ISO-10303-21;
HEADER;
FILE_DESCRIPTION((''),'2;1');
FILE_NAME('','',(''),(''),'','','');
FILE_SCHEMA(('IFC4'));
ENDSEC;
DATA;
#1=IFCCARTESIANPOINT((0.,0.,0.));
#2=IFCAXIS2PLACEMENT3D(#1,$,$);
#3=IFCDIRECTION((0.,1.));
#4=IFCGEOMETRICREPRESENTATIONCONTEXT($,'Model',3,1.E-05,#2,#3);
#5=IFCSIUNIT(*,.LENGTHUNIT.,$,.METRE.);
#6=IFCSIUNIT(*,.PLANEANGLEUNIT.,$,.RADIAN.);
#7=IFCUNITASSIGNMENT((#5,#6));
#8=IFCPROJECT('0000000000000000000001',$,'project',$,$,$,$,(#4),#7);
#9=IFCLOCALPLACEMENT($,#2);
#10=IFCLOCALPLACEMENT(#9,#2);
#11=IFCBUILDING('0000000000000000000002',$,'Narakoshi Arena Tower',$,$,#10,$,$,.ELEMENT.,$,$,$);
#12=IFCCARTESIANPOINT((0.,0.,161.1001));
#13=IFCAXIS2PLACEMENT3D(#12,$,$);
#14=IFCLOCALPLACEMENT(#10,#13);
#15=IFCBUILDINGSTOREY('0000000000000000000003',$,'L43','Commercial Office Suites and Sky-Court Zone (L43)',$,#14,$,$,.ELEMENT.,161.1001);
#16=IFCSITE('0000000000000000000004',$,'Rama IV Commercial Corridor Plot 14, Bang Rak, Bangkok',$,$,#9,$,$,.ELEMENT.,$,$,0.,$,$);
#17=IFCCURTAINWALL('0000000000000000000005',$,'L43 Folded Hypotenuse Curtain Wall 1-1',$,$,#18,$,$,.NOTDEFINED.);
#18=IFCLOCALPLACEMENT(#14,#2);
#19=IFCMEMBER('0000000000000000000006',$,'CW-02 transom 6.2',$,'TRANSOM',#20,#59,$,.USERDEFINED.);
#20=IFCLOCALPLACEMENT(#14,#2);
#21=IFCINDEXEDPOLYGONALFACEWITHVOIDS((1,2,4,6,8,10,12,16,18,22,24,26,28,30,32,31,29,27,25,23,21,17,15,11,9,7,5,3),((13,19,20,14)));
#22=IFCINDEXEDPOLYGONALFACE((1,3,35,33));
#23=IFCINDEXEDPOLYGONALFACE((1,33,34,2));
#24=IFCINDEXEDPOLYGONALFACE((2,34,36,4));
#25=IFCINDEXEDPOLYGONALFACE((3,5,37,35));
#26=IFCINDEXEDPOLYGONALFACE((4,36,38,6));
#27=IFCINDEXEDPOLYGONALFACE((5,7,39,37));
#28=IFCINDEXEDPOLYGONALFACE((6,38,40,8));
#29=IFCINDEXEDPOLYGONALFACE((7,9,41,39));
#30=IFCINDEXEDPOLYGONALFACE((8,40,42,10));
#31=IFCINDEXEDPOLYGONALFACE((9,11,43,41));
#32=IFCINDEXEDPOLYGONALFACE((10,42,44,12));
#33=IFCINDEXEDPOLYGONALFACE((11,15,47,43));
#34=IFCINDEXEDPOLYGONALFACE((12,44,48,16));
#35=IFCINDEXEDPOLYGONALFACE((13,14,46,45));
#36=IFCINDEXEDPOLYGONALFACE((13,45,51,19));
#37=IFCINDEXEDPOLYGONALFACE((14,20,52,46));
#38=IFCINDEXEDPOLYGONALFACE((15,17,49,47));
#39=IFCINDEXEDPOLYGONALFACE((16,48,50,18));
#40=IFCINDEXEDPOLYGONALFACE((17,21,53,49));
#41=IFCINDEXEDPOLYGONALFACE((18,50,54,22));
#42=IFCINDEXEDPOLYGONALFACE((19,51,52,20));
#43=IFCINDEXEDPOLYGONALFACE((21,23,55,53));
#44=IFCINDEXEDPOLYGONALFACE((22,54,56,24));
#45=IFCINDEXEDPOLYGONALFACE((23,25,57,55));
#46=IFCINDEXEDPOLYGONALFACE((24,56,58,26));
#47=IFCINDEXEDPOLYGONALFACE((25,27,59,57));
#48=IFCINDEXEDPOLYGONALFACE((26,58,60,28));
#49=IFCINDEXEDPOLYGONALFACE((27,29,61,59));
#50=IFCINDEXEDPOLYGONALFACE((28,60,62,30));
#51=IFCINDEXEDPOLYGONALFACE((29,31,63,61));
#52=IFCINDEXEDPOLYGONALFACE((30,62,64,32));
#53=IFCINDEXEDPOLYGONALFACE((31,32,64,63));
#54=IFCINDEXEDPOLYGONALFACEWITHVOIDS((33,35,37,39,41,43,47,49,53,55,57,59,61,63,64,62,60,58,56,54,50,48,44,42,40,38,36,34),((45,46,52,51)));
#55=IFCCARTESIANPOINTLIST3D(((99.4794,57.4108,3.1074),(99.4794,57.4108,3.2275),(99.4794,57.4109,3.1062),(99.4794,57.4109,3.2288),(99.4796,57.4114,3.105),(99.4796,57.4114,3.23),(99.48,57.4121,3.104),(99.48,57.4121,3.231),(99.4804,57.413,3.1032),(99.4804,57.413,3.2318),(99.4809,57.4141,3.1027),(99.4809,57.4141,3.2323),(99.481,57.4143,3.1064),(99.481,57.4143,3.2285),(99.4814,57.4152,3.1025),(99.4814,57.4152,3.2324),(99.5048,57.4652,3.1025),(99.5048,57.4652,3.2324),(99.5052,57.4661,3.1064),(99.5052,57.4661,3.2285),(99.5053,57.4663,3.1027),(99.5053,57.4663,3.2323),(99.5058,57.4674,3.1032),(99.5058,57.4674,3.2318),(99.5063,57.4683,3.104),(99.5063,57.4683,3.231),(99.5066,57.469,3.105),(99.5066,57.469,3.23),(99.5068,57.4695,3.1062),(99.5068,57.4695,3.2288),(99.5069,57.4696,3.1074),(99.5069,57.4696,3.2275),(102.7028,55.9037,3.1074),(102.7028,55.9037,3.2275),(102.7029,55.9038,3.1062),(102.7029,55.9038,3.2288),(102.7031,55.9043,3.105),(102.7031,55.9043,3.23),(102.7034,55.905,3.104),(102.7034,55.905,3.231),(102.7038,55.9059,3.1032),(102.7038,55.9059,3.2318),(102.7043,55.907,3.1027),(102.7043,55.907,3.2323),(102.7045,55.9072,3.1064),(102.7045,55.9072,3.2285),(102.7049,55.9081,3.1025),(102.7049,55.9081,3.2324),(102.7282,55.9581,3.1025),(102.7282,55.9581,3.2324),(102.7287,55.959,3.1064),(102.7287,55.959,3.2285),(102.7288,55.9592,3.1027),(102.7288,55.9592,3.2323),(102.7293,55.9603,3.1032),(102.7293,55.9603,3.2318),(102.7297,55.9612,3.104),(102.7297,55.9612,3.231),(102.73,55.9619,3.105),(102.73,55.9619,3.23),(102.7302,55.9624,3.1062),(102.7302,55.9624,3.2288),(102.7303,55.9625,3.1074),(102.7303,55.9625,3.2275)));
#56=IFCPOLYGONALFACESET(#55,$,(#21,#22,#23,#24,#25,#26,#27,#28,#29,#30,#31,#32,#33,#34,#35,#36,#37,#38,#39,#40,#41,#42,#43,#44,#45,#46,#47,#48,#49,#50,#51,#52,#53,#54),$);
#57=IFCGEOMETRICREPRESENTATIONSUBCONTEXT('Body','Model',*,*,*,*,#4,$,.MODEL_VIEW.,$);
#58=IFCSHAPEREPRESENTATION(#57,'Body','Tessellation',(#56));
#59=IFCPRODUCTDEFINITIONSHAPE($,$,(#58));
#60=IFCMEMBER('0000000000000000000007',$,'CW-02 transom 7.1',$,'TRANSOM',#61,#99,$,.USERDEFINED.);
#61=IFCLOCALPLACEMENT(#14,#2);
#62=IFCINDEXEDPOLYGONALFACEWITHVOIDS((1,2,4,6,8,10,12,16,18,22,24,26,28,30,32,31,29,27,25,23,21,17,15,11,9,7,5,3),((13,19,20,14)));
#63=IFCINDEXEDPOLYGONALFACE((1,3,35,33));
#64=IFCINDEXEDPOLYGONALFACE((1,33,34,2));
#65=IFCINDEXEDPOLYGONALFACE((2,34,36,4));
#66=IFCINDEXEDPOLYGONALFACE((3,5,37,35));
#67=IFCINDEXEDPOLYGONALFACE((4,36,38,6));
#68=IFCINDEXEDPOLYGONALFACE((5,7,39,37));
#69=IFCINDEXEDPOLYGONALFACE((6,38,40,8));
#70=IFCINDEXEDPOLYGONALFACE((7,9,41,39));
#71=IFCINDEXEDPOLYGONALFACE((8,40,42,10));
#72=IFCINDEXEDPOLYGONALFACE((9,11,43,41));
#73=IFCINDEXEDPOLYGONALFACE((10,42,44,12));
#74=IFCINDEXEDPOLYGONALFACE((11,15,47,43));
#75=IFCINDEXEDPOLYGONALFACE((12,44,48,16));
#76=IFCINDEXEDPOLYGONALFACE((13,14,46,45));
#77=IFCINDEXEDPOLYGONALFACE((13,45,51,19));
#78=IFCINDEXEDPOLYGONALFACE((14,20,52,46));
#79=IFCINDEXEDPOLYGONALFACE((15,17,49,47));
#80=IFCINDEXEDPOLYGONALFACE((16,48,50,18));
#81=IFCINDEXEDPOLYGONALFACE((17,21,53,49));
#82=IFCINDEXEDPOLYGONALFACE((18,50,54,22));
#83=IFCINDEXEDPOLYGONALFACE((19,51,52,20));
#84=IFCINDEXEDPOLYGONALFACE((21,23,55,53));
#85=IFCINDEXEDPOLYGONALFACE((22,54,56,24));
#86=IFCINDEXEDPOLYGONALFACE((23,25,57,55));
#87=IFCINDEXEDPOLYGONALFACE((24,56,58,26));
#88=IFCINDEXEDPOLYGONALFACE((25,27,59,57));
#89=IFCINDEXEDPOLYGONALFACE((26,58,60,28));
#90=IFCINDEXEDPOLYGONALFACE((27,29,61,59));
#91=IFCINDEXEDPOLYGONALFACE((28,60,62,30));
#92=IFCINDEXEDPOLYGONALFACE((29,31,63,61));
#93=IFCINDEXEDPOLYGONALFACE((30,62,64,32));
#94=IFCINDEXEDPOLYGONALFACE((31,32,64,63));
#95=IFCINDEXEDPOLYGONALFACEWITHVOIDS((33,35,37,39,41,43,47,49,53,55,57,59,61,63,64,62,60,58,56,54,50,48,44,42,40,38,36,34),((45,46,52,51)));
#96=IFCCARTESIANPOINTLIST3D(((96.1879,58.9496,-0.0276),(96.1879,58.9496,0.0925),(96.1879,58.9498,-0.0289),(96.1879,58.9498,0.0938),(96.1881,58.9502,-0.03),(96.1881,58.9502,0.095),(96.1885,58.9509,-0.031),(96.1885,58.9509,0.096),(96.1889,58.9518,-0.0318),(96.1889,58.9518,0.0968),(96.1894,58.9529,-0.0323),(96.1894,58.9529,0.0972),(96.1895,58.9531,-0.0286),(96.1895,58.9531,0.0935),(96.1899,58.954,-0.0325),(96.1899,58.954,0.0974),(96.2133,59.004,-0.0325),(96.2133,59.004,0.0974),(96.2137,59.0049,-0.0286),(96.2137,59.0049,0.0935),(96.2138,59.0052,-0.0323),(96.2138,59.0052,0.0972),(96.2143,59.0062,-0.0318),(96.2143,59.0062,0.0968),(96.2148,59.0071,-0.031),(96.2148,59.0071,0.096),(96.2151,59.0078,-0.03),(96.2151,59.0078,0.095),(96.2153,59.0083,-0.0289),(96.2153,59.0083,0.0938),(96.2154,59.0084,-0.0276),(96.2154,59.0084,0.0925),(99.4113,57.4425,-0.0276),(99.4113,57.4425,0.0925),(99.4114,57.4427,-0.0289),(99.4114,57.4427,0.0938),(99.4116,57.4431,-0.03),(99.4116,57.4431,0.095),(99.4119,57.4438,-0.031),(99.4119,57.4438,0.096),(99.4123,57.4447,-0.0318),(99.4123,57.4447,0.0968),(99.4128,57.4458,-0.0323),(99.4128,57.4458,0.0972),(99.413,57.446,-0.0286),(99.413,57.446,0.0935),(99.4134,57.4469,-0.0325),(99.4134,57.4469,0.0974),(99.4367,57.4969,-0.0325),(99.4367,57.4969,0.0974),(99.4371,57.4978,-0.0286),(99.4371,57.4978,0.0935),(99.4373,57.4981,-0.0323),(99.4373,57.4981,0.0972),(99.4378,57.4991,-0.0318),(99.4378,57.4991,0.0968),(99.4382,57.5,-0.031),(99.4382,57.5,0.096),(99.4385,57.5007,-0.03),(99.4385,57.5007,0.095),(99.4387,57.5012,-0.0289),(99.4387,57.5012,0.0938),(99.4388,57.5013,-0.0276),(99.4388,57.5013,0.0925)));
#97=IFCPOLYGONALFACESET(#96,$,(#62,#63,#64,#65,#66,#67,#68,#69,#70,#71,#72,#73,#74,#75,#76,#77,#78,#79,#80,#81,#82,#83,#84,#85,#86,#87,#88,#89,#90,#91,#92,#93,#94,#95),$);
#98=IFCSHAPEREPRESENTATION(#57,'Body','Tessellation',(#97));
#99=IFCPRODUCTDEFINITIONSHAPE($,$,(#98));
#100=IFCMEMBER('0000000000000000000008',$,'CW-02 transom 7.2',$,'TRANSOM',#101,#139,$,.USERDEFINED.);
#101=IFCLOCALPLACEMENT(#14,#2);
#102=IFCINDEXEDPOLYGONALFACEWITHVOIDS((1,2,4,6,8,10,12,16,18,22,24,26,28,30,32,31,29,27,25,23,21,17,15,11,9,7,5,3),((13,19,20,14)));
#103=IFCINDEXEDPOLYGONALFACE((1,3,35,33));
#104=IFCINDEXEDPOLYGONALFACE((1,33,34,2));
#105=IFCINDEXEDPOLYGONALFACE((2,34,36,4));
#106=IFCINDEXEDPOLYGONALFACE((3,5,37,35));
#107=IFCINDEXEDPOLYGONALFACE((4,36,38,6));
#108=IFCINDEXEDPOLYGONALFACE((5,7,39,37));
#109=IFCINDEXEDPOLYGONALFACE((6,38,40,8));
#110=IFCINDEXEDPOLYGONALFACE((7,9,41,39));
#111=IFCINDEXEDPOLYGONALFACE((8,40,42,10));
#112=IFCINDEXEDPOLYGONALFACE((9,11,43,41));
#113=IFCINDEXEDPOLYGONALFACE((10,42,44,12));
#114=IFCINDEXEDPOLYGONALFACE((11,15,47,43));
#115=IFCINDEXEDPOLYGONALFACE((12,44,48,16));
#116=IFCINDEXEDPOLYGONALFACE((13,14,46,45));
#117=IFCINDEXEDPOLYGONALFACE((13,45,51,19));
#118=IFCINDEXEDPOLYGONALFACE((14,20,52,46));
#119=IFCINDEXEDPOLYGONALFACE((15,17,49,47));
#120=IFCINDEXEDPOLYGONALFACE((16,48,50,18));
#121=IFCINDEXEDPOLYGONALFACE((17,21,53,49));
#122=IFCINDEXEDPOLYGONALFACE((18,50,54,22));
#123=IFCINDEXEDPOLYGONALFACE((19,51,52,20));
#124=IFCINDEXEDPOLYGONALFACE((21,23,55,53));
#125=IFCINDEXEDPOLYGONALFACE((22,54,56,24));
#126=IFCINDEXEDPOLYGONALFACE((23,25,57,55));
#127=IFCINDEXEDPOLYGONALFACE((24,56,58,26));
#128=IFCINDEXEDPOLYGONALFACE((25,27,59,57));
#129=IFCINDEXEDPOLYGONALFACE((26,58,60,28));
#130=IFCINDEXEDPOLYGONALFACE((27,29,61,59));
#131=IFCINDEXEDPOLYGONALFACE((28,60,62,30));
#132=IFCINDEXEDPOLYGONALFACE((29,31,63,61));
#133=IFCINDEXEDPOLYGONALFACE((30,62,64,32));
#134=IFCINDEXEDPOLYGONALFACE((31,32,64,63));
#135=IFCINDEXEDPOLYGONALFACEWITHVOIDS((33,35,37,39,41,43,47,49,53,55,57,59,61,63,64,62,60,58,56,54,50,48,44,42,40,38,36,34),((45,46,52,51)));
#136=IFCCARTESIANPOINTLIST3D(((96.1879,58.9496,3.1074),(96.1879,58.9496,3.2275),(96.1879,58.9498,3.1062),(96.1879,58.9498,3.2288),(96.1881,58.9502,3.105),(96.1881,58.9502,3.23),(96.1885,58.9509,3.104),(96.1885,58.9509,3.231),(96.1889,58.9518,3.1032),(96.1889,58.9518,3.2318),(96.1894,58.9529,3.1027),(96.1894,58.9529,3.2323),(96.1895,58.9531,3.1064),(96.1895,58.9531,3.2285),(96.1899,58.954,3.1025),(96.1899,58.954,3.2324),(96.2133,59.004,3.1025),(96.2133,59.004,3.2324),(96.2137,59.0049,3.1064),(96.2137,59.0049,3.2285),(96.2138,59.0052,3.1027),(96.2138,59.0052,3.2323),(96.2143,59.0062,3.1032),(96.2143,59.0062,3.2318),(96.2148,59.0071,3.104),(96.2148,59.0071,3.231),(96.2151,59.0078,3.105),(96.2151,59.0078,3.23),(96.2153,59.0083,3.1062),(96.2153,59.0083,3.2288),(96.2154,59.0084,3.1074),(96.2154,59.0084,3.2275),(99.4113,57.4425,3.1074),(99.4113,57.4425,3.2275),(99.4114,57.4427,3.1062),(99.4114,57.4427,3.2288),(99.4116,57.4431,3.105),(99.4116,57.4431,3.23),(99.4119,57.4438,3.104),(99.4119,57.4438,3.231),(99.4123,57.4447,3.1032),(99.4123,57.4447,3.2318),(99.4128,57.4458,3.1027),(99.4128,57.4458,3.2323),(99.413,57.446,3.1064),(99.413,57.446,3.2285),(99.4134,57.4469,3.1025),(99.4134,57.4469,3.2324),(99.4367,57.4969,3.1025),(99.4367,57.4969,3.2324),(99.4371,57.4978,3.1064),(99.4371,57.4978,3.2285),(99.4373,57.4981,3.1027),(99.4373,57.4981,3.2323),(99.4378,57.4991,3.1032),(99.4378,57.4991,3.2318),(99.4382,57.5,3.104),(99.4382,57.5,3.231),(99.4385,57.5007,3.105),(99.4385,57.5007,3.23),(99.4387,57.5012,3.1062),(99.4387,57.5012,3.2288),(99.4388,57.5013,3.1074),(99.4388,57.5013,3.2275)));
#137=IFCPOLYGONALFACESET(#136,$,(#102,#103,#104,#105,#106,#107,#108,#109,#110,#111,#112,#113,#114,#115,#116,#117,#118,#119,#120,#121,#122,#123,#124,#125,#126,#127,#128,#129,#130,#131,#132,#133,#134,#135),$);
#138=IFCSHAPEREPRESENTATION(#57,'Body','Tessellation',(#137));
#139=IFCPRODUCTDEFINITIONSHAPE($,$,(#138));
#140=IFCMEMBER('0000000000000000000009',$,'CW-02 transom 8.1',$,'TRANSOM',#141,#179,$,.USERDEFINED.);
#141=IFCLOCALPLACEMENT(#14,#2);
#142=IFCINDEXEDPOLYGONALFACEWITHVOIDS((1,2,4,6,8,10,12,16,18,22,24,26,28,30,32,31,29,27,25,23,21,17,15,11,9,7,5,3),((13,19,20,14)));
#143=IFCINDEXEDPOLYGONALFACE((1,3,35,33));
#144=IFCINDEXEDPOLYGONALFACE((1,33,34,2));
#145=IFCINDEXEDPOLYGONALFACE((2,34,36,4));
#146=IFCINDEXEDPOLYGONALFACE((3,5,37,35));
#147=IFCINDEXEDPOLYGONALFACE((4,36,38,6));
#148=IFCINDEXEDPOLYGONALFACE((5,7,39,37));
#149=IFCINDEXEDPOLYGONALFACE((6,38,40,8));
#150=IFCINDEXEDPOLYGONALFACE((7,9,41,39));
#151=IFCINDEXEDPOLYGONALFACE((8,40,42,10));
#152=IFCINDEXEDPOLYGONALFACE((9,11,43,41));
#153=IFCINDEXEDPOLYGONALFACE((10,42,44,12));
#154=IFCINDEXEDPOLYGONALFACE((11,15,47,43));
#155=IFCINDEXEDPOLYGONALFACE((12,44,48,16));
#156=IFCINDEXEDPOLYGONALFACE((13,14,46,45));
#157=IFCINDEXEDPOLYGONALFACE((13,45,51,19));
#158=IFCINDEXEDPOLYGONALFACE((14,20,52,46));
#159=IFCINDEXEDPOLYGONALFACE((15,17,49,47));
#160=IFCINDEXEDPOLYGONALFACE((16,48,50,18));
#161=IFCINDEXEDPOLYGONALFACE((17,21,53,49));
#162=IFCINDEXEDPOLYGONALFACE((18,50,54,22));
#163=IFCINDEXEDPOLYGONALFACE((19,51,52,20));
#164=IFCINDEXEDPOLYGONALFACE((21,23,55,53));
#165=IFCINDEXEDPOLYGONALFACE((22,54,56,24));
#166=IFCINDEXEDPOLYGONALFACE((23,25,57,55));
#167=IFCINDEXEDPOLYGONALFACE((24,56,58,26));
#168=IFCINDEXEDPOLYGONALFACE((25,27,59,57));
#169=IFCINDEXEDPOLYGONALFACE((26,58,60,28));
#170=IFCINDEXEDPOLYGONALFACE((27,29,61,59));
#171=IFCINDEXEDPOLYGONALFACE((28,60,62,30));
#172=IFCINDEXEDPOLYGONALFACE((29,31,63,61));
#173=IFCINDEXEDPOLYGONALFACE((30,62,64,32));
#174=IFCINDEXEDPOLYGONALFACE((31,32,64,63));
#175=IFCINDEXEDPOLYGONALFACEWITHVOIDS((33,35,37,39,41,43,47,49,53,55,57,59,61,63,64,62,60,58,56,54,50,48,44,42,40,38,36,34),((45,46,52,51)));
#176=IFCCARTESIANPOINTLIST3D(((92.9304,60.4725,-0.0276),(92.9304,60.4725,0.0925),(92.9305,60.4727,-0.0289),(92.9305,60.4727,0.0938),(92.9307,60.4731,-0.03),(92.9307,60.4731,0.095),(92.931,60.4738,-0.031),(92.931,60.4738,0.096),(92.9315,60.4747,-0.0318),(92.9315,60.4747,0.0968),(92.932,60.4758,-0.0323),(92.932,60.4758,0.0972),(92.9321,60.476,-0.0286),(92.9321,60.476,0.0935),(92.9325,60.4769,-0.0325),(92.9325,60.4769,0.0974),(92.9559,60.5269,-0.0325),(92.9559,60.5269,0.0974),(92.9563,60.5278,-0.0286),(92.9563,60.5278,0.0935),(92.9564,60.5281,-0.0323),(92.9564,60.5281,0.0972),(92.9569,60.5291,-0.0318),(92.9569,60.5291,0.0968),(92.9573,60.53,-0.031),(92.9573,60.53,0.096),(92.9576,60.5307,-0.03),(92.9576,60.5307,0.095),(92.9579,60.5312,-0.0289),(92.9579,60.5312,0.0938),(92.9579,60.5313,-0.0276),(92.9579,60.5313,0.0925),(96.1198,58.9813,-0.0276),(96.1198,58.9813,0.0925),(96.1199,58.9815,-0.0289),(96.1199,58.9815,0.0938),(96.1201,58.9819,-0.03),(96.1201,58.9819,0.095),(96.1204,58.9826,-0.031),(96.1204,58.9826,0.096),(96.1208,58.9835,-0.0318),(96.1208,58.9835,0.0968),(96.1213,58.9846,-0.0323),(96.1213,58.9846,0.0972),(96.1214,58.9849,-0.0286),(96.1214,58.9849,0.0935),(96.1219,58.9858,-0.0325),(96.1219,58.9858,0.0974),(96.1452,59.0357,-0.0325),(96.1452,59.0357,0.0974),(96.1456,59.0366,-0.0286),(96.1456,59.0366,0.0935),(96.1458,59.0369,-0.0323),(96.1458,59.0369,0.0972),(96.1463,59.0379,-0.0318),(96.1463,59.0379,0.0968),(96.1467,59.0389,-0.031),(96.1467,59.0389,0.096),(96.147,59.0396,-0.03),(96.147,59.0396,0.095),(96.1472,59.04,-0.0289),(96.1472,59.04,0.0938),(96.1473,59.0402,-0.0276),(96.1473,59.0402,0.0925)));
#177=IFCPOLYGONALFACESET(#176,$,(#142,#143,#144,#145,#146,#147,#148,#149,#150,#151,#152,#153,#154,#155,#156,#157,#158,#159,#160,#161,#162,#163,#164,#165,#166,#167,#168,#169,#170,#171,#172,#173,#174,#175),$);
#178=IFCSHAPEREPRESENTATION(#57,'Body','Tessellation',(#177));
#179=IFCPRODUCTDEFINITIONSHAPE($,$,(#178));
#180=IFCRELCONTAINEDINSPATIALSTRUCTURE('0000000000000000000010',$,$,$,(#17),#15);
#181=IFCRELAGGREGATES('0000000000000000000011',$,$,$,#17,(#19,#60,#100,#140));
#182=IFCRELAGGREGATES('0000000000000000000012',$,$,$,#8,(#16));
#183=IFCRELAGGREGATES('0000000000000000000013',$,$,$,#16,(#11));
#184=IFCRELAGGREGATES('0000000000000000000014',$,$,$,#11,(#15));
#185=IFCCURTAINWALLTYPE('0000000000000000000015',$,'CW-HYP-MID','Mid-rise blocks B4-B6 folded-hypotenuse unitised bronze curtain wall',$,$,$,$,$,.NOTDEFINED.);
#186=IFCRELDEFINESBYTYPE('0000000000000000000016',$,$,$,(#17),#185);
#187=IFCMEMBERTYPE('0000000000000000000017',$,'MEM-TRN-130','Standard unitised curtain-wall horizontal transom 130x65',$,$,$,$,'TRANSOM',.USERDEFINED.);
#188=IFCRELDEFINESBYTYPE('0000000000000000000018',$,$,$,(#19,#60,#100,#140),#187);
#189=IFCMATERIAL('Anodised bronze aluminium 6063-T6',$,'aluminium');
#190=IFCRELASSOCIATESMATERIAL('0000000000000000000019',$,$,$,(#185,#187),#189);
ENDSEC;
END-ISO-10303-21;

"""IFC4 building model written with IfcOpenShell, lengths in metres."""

from ifc_helpers import new_model, si_unit, direction, frame, origin, origin_2d, place, context, subcontext, project, spatial, hollow_rectangle, extrude, material, material_profile, profile_set, type_object, element, aggregate, save


model = new_model("IFC4")

# Units and contexts
model_context = context("Model", 3, precision=1e-05, world=origin(), true_north=direction((0.0, 1.0)))
body_context = subcontext(model_context, "Body", "Model", "MODEL_VIEW")
ifc_project = project(units=[si_unit("LENGTHUNIT", "METRE"), si_unit("PLANEANGLEUNIT", "RADIAN")], contexts=[model_context])

# Site, building, storey
site_placement = place(None, origin())
site = spatial("IfcSite", under=ifc_project, at=site_placement, Name="Rama IV Commercial Corridor Plot 14, Bang Rak, Bangkok", CompositionType="ELEMENT", RefElevation=0.0)
building_placement = place(site_placement, origin())
building = spatial("IfcBuilding", under=site, at=building_placement, Name="Narakoshi Arena Tower", CompositionType="ELEMENT")
storey_placement = place(building_placement, frame((0.0, 0.0, 161.1001)))
storey = spatial("IfcBuildingStorey", under=building, at=storey_placement, Name="L43", Description="Commercial Office Suites and Sky-Court Zone (L43)", CompositionType="ELEMENT", Elevation=161.1001)

# Curtain wall, members
ifc_material_1 = material(Name="Anodised bronze aluminium 6063-T6", Category="aluminium")
curtain_wall_type = type_object("IfcCurtainWallType", Name="CW-HYP-MID", Description="Mid-rise blocks B4-B6 folded-hypotenuse unitised bronze curtain wall", PredefinedType="NOTDEFINED", material=ifc_material_1)
curtain_wall_placement = place(storey_placement, origin())
curtain_wall = element("IfcCurtainWall", 1, at=curtain_wall_placement, inside=storey, type_object=curtain_wall_type, Name="L43 Folded Hypotenuse Curtain Wall 1-1", PredefinedType="NOTDEFINED")
ifc_material_profile_1 = material_profile(ifc_material_1, hollow_rectangle(XDim=0.0649, YDim=0.1299, WallThickness=0.0039, OuterFilletRadius=0.0049, at=origin_2d()), Name="TRN130x65x4")
ifc_profile_set_1 = profile_set([ifc_material_profile_1], Name="Anodised bronze aluminium 6063-T6")
member_type_1 = type_object("IfcMemberType", Name="MEM-TRN-130", Description="Standard unitised curtain-wall horizontal transom 130x65", ElementType="TRANSOM", PredefinedType="USERDEFINED", material=ifc_profile_set_1)
member_1_placement = place(storey_placement, frame((102.7166, 55.9331, 3.1675), z_axis=(-0.905878, 0.423539, 0.0), x_axis=(-0.423539, -0.905878, 0.0)))
member_1 = element("IfcMember", 2, at=member_1_placement, type_object=member_type_1, Name="CW-02 transom 6.2", ObjectType="TRANSOM", PredefinedType="USERDEFINED", context=body_context, shape_type="SweptSolid", body=[
    extrude(hollow_rectangle(XDim=0.0649, YDim=0.1299, WallThickness=0.0039, OuterFilletRadius=0.0049, at=origin_2d()), origin(), (0.0, 0.0, 1.0), 3.5583),
])
member_2_placement = place(storey_placement, frame((99.425, 57.4719, 0.0325), z_axis=(-0.905878, 0.423539, 0.0), x_axis=(-0.423539, -0.905878, 0.0)))
member_2 = element("IfcMember", 3, at=member_2_placement, type_object=member_type_1, Name="CW-02 transom 7.1", ObjectType="TRANSOM", PredefinedType="USERDEFINED", context=body_context, shape_type="SweptSolid", body=[
    extrude(hollow_rectangle(XDim=0.0649, YDim=0.1299, WallThickness=0.0039, OuterFilletRadius=0.0049, at=origin_2d()), origin(), (0.0, 0.0, 1.0), 3.5583),
])
member_3_placement = place(storey_placement, frame((99.425, 57.4719, 3.1675), z_axis=(-0.905878, 0.423539, 0.0), x_axis=(-0.423539, -0.905878, 0.0)))
member_3 = element("IfcMember", 4, at=member_3_placement, type_object=member_type_1, Name="CW-02 transom 7.2", ObjectType="TRANSOM", PredefinedType="USERDEFINED", context=body_context, shape_type="SweptSolid", body=[
    extrude(hollow_rectangle(XDim=0.0649, YDim=0.1299, WallThickness=0.0039, OuterFilletRadius=0.0049, at=origin_2d()), origin(), (0.0, 0.0, 1.0), 3.5583),
])
member_4_placement = place(storey_placement, frame((96.1335, 59.0107, 0.0325), z_axis=(-0.905878, 0.423538, 0.0), x_axis=(-0.423538, -0.905878, 0.0)))
member_4 = element("IfcMember", 5, at=member_4_placement, type_object=member_type_1, Name="CW-02 transom 8.1", ObjectType="TRANSOM", PredefinedType="USERDEFINED", context=body_context, shape_type="SweptSolid", body=[
    extrude(hollow_rectangle(XDim=0.0649, YDim=0.1299, WallThickness=0.0039, OuterFilletRadius=0.0049, at=origin_2d()), origin(), (0.0, 0.0, 1.0), 3.5208),
])
aggregate(curtain_wall, [member_1, member_2, member_3, member_4])

save(model, "model.ifc")
